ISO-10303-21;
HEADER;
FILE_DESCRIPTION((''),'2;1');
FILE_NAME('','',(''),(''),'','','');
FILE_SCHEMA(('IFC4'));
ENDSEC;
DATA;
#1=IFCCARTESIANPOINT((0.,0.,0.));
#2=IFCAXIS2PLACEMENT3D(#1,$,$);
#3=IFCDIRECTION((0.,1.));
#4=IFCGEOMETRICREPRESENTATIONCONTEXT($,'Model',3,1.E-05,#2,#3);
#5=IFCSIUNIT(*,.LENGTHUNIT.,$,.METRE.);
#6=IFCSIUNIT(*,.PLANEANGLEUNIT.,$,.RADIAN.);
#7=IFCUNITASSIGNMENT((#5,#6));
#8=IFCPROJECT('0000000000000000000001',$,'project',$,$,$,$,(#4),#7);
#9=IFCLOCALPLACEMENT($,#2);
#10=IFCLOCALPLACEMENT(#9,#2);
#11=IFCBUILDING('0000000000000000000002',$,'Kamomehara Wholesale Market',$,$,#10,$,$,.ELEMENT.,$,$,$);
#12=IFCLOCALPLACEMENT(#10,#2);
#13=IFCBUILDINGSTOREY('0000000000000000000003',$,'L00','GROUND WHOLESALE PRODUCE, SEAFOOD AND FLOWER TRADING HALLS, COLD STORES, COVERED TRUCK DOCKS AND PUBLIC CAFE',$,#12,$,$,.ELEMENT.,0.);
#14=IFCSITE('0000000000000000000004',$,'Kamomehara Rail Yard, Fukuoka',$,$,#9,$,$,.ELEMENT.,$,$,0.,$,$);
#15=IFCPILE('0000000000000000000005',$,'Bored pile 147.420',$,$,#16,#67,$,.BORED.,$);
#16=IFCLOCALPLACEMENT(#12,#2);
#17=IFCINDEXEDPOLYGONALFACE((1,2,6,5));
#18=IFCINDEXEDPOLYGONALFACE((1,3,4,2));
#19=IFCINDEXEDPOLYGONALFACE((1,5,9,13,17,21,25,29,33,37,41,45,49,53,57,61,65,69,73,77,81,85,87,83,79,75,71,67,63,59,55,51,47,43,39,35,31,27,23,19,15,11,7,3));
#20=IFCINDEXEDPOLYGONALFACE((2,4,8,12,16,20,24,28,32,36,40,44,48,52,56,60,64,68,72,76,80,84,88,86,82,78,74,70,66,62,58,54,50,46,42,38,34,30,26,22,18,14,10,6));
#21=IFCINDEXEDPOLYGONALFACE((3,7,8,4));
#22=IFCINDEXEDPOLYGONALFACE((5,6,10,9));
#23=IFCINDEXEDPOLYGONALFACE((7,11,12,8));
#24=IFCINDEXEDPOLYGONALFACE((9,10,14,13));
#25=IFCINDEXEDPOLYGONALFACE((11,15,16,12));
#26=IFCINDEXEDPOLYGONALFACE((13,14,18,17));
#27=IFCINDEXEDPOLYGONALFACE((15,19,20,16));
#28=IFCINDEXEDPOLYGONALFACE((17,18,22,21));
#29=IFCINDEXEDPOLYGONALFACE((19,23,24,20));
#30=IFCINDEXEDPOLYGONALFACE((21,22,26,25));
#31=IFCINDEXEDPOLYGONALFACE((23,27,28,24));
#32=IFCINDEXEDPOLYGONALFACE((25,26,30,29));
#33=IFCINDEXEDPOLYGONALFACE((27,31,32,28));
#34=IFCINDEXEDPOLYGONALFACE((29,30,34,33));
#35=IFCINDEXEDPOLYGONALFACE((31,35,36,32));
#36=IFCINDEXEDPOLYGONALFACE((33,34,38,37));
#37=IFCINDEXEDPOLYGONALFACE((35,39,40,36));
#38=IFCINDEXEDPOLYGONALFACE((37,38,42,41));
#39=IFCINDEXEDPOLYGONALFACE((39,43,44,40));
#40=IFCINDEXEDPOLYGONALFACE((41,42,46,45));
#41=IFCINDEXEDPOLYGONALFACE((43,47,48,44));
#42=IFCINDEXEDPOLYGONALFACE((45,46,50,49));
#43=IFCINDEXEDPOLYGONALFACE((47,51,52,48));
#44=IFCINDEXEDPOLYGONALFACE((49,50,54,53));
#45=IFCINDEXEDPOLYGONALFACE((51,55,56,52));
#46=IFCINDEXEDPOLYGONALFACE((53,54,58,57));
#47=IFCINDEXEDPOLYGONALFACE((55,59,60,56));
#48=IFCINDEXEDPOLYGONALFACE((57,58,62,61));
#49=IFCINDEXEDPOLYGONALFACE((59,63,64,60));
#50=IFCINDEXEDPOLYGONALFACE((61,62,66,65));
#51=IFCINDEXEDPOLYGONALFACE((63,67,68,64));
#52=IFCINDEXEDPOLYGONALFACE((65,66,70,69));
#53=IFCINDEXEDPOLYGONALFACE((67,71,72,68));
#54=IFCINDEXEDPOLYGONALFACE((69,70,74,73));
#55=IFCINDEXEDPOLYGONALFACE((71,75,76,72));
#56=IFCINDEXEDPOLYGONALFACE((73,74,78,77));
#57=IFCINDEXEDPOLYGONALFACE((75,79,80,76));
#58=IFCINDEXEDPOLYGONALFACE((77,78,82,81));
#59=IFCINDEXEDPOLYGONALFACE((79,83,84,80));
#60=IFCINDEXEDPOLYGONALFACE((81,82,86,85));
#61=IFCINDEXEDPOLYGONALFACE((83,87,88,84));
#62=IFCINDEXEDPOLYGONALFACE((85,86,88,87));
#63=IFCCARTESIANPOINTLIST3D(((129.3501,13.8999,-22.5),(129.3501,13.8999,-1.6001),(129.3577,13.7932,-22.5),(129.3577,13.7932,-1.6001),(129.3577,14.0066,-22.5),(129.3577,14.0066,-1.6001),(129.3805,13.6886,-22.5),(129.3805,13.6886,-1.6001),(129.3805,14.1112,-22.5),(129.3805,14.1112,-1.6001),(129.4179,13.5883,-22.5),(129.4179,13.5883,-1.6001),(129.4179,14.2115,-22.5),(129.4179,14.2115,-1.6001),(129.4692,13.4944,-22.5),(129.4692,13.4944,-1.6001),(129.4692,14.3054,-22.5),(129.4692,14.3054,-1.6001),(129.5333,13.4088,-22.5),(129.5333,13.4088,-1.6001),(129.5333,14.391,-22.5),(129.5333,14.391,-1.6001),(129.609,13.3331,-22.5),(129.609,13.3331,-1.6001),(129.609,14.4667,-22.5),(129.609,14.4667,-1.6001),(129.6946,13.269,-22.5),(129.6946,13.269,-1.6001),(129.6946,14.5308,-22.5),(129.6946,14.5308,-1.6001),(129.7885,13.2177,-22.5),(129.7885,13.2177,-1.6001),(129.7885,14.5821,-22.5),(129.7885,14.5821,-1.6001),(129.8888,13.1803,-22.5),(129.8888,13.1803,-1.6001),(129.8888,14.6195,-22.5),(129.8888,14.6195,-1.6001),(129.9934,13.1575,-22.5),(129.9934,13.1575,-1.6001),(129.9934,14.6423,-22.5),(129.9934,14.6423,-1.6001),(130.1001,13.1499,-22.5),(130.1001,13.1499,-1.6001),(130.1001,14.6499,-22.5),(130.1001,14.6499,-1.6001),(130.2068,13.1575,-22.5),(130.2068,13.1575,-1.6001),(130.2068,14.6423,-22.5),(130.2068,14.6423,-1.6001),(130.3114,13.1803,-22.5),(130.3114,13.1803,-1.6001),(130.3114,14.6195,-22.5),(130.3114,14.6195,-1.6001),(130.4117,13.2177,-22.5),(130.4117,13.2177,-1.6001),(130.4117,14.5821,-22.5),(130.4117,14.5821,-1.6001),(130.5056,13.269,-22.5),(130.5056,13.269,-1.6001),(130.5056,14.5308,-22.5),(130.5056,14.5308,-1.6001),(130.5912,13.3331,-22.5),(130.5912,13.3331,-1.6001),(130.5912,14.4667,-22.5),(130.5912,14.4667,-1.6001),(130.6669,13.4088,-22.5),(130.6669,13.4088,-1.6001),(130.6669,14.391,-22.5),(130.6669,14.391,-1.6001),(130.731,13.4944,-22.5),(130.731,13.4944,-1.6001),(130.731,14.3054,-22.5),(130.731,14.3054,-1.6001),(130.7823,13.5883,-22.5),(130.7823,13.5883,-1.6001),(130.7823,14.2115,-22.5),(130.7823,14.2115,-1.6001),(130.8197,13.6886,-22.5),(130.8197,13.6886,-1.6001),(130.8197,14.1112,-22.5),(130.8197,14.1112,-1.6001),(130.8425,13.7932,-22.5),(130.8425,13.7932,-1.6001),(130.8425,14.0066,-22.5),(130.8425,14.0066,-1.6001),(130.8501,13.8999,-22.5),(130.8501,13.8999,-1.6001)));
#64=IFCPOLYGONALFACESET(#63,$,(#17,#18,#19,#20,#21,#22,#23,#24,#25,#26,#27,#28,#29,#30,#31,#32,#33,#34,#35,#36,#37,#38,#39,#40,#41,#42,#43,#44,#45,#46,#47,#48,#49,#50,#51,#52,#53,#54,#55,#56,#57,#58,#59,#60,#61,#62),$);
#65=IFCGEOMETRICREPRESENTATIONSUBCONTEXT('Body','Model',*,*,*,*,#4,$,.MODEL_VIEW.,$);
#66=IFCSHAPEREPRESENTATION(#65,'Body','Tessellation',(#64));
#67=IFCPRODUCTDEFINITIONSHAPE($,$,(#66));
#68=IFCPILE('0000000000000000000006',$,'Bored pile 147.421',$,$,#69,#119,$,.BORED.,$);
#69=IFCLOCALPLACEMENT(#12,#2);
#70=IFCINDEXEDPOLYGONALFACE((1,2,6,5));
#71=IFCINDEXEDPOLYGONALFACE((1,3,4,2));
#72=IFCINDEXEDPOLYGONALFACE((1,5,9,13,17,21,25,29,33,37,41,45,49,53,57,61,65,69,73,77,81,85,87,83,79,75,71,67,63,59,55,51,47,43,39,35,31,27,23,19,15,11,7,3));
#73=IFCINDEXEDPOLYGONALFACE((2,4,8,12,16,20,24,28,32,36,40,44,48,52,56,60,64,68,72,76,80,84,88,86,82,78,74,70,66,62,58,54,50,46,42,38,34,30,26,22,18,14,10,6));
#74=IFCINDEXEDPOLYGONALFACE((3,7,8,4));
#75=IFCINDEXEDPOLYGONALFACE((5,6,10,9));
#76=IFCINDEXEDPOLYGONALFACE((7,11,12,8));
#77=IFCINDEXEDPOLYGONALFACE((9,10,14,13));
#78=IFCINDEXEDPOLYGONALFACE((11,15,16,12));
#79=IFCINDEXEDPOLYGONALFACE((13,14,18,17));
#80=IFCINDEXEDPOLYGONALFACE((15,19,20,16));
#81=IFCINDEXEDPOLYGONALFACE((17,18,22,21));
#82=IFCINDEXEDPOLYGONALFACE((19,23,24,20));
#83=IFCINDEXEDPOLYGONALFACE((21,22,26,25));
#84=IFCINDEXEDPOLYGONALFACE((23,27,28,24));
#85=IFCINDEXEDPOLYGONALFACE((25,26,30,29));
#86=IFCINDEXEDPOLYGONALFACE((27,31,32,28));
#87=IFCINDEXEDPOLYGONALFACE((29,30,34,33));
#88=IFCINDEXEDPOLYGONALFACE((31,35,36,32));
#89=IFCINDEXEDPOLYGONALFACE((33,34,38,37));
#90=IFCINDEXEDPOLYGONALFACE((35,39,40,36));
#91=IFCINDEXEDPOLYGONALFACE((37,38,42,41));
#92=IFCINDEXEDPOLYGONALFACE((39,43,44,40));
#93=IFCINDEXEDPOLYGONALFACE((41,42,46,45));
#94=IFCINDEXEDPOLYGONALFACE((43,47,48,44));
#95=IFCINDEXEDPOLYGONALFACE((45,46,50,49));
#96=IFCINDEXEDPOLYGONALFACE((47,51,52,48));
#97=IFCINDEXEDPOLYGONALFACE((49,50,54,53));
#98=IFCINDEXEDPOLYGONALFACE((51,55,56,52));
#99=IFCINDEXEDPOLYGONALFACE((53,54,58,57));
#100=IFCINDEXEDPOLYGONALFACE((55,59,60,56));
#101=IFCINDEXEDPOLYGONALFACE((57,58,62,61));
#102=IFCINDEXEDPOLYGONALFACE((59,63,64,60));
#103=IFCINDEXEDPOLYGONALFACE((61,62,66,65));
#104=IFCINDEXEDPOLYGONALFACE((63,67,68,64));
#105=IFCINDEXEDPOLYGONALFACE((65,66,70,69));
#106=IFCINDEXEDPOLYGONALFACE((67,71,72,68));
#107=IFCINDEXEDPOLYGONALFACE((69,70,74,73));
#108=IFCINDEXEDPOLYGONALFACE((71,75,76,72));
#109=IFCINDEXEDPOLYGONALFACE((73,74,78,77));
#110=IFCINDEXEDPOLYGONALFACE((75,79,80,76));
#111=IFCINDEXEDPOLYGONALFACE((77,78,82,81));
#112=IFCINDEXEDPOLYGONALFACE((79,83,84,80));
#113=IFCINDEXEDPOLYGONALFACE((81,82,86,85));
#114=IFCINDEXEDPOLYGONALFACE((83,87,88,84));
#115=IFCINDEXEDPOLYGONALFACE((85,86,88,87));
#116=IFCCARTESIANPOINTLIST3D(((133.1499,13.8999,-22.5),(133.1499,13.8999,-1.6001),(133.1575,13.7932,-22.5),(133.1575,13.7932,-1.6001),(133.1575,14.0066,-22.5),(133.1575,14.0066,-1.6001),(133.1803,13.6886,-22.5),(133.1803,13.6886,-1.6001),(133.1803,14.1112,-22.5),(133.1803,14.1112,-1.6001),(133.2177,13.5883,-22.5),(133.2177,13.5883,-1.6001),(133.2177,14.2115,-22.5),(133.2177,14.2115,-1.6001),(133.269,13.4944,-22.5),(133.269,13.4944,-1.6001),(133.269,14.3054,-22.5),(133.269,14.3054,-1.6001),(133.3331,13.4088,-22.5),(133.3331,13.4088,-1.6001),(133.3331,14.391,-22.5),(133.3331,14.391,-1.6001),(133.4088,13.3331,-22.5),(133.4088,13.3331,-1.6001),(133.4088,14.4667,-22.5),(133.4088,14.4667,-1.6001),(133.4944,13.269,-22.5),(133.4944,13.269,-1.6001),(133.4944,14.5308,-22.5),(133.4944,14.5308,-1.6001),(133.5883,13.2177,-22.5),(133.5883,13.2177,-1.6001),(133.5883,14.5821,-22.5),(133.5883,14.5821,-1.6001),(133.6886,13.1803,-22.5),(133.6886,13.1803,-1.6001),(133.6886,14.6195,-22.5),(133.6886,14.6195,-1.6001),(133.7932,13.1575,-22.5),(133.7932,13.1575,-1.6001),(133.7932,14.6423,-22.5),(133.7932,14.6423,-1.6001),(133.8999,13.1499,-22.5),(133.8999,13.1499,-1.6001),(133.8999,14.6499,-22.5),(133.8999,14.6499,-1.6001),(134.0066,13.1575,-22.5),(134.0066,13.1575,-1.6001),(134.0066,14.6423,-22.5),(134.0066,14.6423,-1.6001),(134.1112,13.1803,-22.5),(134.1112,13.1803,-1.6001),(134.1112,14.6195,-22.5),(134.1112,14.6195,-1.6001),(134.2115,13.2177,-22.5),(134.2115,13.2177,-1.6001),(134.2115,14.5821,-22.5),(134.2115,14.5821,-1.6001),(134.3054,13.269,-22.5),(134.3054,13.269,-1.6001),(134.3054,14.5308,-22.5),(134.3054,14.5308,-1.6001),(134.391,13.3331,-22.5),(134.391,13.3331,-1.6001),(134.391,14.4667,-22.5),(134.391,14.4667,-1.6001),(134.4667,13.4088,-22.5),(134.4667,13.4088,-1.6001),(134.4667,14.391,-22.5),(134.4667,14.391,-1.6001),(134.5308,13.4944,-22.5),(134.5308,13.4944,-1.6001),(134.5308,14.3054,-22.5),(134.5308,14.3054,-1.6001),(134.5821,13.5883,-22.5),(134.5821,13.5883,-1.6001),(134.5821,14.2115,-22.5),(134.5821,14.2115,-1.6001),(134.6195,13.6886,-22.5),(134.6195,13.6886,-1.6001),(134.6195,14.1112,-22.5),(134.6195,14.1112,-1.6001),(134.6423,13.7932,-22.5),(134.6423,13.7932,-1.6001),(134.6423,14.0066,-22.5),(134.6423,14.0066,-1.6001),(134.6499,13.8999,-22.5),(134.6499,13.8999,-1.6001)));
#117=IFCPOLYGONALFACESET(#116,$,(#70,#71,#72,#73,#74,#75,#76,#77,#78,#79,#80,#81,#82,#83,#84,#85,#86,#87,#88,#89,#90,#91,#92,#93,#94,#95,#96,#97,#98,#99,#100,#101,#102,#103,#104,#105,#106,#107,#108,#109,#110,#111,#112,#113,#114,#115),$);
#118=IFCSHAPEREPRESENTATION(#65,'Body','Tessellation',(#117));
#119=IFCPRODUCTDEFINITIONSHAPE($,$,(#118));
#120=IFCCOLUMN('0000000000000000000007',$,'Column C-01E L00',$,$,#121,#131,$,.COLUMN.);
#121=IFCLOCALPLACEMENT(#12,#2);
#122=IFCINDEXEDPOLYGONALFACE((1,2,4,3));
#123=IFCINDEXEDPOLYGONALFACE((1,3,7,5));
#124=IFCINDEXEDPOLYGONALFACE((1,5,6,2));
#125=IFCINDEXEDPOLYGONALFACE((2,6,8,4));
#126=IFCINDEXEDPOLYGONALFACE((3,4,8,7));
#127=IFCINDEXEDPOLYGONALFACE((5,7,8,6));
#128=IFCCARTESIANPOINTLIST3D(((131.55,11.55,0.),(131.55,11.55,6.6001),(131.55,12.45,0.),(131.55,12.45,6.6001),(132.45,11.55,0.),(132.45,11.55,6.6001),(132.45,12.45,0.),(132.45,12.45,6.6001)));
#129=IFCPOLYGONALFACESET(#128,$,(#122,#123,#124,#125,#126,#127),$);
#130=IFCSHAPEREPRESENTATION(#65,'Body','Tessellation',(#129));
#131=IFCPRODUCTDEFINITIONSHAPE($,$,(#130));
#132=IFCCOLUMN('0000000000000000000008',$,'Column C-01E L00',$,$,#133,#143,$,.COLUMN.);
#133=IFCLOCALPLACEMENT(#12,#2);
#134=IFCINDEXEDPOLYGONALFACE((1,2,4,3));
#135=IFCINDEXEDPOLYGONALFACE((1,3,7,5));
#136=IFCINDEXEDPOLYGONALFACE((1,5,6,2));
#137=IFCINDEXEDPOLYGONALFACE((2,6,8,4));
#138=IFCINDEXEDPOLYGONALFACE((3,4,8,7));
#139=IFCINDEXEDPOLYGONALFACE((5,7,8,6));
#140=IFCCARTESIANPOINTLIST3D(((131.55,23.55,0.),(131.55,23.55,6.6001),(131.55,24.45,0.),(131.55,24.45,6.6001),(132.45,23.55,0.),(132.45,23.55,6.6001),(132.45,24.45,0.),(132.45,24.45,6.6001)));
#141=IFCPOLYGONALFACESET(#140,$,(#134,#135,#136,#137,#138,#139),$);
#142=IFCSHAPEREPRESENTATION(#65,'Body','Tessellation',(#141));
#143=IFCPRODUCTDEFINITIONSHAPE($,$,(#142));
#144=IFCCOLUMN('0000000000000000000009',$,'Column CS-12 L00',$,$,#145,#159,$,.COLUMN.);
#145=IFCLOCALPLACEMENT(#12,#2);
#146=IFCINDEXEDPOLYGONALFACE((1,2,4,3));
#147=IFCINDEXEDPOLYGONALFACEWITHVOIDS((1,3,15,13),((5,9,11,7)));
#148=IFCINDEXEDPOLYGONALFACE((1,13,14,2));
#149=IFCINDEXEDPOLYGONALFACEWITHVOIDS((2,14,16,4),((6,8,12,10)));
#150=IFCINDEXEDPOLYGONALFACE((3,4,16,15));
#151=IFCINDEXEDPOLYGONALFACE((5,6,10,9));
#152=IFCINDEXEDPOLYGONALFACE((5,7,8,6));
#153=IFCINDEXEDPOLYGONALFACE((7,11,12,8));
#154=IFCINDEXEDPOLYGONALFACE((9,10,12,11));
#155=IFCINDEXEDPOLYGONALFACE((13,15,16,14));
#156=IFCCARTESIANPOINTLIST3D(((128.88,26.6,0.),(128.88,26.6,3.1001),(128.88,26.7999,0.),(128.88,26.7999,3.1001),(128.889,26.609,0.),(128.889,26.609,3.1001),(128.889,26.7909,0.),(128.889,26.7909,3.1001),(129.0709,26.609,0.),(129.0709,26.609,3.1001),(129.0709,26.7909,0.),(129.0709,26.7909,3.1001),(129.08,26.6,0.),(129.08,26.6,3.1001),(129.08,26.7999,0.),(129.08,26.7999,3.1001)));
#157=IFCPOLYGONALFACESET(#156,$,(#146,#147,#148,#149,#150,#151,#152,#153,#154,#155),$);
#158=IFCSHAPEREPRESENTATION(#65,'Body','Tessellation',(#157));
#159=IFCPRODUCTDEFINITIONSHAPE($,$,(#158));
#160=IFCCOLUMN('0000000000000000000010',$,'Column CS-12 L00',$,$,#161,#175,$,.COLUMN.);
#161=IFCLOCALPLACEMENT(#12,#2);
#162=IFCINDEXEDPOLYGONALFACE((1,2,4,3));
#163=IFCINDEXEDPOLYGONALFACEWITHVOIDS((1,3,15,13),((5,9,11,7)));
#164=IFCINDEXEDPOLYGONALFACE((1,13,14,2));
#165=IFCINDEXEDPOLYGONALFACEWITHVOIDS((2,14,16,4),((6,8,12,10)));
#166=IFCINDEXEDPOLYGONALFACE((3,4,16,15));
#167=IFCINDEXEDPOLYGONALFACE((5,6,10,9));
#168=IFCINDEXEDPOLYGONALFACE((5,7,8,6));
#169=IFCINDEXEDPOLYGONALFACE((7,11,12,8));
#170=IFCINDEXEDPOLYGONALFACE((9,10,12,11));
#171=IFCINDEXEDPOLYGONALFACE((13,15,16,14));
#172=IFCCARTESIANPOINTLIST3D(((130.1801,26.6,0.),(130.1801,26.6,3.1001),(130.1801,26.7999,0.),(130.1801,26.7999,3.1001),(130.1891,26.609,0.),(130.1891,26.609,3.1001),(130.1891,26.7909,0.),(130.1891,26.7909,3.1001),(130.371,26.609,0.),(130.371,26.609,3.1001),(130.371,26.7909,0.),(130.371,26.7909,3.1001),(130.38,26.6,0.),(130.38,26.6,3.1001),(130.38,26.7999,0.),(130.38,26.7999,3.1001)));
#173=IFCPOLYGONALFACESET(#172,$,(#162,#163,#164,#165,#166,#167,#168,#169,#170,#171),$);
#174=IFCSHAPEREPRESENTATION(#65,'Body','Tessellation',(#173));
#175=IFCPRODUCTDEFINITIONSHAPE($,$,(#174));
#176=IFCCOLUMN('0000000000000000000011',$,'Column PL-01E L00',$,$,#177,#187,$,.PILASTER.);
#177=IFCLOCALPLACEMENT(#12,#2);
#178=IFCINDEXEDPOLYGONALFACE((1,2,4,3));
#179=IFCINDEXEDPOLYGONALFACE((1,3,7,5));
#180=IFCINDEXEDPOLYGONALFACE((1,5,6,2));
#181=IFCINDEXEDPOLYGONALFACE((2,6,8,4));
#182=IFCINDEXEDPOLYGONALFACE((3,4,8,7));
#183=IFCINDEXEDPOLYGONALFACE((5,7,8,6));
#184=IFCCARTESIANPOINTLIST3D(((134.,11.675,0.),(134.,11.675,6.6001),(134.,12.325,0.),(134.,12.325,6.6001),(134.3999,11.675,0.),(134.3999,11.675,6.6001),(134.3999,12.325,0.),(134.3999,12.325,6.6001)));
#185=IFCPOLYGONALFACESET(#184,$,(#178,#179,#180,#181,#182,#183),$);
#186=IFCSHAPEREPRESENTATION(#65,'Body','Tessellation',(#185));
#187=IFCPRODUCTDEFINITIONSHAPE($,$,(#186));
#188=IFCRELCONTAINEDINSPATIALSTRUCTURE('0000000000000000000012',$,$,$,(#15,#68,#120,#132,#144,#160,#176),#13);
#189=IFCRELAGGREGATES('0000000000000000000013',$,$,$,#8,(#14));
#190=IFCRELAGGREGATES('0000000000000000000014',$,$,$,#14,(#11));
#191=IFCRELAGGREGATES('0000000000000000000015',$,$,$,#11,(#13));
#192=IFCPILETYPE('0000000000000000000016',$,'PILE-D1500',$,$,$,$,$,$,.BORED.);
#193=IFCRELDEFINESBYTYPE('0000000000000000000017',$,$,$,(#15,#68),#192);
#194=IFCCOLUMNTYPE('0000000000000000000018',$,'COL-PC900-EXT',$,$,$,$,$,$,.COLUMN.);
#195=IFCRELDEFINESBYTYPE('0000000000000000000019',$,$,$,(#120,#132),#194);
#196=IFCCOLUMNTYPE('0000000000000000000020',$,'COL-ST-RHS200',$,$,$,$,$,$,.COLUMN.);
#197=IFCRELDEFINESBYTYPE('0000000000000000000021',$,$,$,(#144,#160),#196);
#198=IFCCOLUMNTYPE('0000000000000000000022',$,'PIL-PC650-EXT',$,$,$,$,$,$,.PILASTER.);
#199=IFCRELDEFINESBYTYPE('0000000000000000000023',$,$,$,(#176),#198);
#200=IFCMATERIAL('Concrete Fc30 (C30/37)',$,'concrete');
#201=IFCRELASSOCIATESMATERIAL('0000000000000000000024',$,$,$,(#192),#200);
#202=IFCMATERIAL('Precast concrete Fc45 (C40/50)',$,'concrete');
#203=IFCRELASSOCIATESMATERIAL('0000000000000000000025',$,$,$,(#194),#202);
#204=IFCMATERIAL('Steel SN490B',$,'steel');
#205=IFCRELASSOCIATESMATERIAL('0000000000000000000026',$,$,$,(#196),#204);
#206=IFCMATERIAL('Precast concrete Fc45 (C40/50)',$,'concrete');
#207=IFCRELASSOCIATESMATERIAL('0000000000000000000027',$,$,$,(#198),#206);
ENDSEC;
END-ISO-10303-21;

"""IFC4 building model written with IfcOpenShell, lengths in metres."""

from ifc_helpers import new_model, si_unit, direction, frame, origin, origin_2d, place, context, subcontext, project, spatial, rectangle, hollow_rectangle, circle, extrude, material, material_profile, profile_set, type_object, element, save


model = new_model("IFC4")

# Units and contexts
model_context = context("Model", 3, precision=1e-05, world=origin(), true_north=direction((0.0, 1.0)))
body_context = subcontext(model_context, "Body", "Model", "MODEL_VIEW")
ifc_project = project(units=[si_unit("LENGTHUNIT", "METRE"), si_unit("PLANEANGLEUNIT", "RADIAN")], contexts=[model_context])

# Site, building, storey
site_placement = place(None, origin())
site = spatial("IfcSite", under=ifc_project, at=site_placement, Name="Kamomehara Rail Yard, Fukuoka", CompositionType="ELEMENT", RefElevation=0.0)
building_placement = place(site_placement, origin())
building = spatial("IfcBuilding", under=site, at=building_placement, Name="Kamomehara Wholesale Market", CompositionType="ELEMENT")
storey_placement = place(building_placement, origin())
storey = spatial("IfcBuildingStorey", under=building, at=storey_placement, Name="L00", Description="GROUND WHOLESALE PRODUCE, SEAFOOD AND FLOWER TRADING HALLS, COLD STORES, COVERED TRUCK DOCKS AND PUBLIC CAFE", CompositionType="ELEMENT", Elevation=0.0)

# Piles
ifc_material_1 = material(Name="Concrete Fc30 (C30/37)", Category="concrete")
ifc_material_profile_1 = material_profile(ifc_material_1, circle(Radius=0.75, at=origin_2d()), Name="RC-PILE-D1500")
ifc_profile_set_1 = profile_set([ifc_material_profile_1], Name="Concrete Fc30 (C30/37)")
pile_type_1 = type_object("IfcPileType", Name="PILE-D1500", PredefinedType="BORED", material=ifc_profile_set_1)
for number, where, z_axis, x_axis, name in (
    (1, (130.1001, 13.8999, -1.6001), (0.0, 0.0, -1.0), (1.0, 0.0, 0.0), "Bored pile 147.420"),
    (2, (133.8999, 13.8999, -1.6001), (0.0, 0.0, -1.0), (1.0, 0.0, 0.0), "Bored pile 147.421"),
):
    element("IfcPile", number, at=place(storey_placement, frame(where, z_axis=z_axis, x_axis=x_axis)), inside=storey, type_object=pile_type_1, Name=name, PredefinedType="BORED", context=body_context, shape_type="SweptSolid", body=[
        extrude(circle(Radius=0.75, at=origin_2d()), origin(), (0.0, 0.0, 1.0), 20.8999),
    ])

# Columns
ifc_material_2 = material(Name="Precast concrete Fc45 (C40/50)", Category="concrete")
ifc_material_profile_2 = material_profile(ifc_material_2, rectangle(XDim=0.8999, YDim=0.8999, at=origin_2d()), Name="PC-COL-900x900")
ifc_profile_set_2 = profile_set([ifc_material_profile_2], Name="Precast concrete Fc45 (C40/50)")
column_type_1 = type_object("IfcColumnType", Name="COL-PC900-EXT", PredefinedType="COLUMN", material=ifc_profile_set_2)
for number, where, z_axis, x_axis, name in (
    (3, (132.0, 12.0, 0.0), (0.0, 0.0, 1.0), (1.0, 0.0, 0.0), "Column C-01E L00"),
    (4, (132.0, 24.0, 0.0), (0.0, 0.0, 1.0), (1.0, 0.0, 0.0), "Column C-01E L00"),
):
    element("IfcColumn", number, at=place(storey_placement, frame(where, z_axis=z_axis, x_axis=x_axis)), inside=storey, type_object=column_type_1, Name=name, PredefinedType="COLUMN", context=body_context, shape_type="SweptSolid", body=[
        extrude(rectangle(XDim=0.8999, YDim=0.8999, at=origin_2d()), origin(), (0.0, 0.0, 1.0), 6.6001),
    ])
ifc_material_3 = material(Name="Steel SN490B", Category="steel")
ifc_material_profile_3 = material_profile(ifc_material_3, hollow_rectangle(XDim=0.2, YDim=0.2, WallThickness=0.009, at=origin_2d()), Name="RHS-200x200x9")
ifc_profile_set_3 = profile_set([ifc_material_profile_3], Name="Steel SN490B")
column_type_2 = type_object("IfcColumnType", Name="COL-ST-RHS200", PredefinedType="COLUMN", material=ifc_profile_set_3)
for number, where, z_axis, x_axis, name in (
    (5, (128.98, 26.7, 0.0), (0.0, 0.0, 1.0), (1.0, 0.0, 0.0), "Column CS-12 L00"),
    (6, (130.28, 26.7, 0.0), (0.0, 0.0, 1.0), (1.0, 0.0, 0.0), "Column CS-12 L00"),
):
    element("IfcColumn", number, at=place(storey_placement, frame(where, z_axis=z_axis, x_axis=x_axis)), inside=storey, type_object=column_type_2, Name=name, PredefinedType="COLUMN", context=body_context, shape_type="SweptSolid", body=[
        extrude(hollow_rectangle(XDim=0.2, YDim=0.2, WallThickness=0.009, at=origin_2d()), origin(), (0.0, 0.0, 1.0), 3.1001),
    ])
ifc_material_4 = material(Name="Precast concrete Fc45 (C40/50)", Category="concrete")
ifc_material_profile_4 = material_profile(ifc_material_4, rectangle(XDim=0.3999, YDim=0.6499, at=origin_2d()), Name="PC-PIL-400x650")
ifc_profile_set_4 = profile_set([ifc_material_profile_4], Name="Precast concrete Fc45 (C40/50)")
column_type_3 = type_object("IfcColumnType", Name="PIL-PC650-EXT", PredefinedType="PILASTER", material=ifc_profile_set_4)
column_1_placement = place(storey_placement, frame((134.2, 12.0, 0.0), z_axis=(0.0, 0.0, 1.0), x_axis=(1.0, 0.0, 0.0)))
element("IfcColumn", 7, at=column_1_placement, inside=storey, type_object=column_type_3, Name="Column PL-01E L00", PredefinedType="PILASTER", context=body_context, shape_type="SweptSolid", body=[
    extrude(rectangle(XDim=0.3999, YDim=0.6499, at=origin_2d()), origin(), (0.0, 0.0, 1.0), 6.6001),
])

save(model, "model.ifc")
